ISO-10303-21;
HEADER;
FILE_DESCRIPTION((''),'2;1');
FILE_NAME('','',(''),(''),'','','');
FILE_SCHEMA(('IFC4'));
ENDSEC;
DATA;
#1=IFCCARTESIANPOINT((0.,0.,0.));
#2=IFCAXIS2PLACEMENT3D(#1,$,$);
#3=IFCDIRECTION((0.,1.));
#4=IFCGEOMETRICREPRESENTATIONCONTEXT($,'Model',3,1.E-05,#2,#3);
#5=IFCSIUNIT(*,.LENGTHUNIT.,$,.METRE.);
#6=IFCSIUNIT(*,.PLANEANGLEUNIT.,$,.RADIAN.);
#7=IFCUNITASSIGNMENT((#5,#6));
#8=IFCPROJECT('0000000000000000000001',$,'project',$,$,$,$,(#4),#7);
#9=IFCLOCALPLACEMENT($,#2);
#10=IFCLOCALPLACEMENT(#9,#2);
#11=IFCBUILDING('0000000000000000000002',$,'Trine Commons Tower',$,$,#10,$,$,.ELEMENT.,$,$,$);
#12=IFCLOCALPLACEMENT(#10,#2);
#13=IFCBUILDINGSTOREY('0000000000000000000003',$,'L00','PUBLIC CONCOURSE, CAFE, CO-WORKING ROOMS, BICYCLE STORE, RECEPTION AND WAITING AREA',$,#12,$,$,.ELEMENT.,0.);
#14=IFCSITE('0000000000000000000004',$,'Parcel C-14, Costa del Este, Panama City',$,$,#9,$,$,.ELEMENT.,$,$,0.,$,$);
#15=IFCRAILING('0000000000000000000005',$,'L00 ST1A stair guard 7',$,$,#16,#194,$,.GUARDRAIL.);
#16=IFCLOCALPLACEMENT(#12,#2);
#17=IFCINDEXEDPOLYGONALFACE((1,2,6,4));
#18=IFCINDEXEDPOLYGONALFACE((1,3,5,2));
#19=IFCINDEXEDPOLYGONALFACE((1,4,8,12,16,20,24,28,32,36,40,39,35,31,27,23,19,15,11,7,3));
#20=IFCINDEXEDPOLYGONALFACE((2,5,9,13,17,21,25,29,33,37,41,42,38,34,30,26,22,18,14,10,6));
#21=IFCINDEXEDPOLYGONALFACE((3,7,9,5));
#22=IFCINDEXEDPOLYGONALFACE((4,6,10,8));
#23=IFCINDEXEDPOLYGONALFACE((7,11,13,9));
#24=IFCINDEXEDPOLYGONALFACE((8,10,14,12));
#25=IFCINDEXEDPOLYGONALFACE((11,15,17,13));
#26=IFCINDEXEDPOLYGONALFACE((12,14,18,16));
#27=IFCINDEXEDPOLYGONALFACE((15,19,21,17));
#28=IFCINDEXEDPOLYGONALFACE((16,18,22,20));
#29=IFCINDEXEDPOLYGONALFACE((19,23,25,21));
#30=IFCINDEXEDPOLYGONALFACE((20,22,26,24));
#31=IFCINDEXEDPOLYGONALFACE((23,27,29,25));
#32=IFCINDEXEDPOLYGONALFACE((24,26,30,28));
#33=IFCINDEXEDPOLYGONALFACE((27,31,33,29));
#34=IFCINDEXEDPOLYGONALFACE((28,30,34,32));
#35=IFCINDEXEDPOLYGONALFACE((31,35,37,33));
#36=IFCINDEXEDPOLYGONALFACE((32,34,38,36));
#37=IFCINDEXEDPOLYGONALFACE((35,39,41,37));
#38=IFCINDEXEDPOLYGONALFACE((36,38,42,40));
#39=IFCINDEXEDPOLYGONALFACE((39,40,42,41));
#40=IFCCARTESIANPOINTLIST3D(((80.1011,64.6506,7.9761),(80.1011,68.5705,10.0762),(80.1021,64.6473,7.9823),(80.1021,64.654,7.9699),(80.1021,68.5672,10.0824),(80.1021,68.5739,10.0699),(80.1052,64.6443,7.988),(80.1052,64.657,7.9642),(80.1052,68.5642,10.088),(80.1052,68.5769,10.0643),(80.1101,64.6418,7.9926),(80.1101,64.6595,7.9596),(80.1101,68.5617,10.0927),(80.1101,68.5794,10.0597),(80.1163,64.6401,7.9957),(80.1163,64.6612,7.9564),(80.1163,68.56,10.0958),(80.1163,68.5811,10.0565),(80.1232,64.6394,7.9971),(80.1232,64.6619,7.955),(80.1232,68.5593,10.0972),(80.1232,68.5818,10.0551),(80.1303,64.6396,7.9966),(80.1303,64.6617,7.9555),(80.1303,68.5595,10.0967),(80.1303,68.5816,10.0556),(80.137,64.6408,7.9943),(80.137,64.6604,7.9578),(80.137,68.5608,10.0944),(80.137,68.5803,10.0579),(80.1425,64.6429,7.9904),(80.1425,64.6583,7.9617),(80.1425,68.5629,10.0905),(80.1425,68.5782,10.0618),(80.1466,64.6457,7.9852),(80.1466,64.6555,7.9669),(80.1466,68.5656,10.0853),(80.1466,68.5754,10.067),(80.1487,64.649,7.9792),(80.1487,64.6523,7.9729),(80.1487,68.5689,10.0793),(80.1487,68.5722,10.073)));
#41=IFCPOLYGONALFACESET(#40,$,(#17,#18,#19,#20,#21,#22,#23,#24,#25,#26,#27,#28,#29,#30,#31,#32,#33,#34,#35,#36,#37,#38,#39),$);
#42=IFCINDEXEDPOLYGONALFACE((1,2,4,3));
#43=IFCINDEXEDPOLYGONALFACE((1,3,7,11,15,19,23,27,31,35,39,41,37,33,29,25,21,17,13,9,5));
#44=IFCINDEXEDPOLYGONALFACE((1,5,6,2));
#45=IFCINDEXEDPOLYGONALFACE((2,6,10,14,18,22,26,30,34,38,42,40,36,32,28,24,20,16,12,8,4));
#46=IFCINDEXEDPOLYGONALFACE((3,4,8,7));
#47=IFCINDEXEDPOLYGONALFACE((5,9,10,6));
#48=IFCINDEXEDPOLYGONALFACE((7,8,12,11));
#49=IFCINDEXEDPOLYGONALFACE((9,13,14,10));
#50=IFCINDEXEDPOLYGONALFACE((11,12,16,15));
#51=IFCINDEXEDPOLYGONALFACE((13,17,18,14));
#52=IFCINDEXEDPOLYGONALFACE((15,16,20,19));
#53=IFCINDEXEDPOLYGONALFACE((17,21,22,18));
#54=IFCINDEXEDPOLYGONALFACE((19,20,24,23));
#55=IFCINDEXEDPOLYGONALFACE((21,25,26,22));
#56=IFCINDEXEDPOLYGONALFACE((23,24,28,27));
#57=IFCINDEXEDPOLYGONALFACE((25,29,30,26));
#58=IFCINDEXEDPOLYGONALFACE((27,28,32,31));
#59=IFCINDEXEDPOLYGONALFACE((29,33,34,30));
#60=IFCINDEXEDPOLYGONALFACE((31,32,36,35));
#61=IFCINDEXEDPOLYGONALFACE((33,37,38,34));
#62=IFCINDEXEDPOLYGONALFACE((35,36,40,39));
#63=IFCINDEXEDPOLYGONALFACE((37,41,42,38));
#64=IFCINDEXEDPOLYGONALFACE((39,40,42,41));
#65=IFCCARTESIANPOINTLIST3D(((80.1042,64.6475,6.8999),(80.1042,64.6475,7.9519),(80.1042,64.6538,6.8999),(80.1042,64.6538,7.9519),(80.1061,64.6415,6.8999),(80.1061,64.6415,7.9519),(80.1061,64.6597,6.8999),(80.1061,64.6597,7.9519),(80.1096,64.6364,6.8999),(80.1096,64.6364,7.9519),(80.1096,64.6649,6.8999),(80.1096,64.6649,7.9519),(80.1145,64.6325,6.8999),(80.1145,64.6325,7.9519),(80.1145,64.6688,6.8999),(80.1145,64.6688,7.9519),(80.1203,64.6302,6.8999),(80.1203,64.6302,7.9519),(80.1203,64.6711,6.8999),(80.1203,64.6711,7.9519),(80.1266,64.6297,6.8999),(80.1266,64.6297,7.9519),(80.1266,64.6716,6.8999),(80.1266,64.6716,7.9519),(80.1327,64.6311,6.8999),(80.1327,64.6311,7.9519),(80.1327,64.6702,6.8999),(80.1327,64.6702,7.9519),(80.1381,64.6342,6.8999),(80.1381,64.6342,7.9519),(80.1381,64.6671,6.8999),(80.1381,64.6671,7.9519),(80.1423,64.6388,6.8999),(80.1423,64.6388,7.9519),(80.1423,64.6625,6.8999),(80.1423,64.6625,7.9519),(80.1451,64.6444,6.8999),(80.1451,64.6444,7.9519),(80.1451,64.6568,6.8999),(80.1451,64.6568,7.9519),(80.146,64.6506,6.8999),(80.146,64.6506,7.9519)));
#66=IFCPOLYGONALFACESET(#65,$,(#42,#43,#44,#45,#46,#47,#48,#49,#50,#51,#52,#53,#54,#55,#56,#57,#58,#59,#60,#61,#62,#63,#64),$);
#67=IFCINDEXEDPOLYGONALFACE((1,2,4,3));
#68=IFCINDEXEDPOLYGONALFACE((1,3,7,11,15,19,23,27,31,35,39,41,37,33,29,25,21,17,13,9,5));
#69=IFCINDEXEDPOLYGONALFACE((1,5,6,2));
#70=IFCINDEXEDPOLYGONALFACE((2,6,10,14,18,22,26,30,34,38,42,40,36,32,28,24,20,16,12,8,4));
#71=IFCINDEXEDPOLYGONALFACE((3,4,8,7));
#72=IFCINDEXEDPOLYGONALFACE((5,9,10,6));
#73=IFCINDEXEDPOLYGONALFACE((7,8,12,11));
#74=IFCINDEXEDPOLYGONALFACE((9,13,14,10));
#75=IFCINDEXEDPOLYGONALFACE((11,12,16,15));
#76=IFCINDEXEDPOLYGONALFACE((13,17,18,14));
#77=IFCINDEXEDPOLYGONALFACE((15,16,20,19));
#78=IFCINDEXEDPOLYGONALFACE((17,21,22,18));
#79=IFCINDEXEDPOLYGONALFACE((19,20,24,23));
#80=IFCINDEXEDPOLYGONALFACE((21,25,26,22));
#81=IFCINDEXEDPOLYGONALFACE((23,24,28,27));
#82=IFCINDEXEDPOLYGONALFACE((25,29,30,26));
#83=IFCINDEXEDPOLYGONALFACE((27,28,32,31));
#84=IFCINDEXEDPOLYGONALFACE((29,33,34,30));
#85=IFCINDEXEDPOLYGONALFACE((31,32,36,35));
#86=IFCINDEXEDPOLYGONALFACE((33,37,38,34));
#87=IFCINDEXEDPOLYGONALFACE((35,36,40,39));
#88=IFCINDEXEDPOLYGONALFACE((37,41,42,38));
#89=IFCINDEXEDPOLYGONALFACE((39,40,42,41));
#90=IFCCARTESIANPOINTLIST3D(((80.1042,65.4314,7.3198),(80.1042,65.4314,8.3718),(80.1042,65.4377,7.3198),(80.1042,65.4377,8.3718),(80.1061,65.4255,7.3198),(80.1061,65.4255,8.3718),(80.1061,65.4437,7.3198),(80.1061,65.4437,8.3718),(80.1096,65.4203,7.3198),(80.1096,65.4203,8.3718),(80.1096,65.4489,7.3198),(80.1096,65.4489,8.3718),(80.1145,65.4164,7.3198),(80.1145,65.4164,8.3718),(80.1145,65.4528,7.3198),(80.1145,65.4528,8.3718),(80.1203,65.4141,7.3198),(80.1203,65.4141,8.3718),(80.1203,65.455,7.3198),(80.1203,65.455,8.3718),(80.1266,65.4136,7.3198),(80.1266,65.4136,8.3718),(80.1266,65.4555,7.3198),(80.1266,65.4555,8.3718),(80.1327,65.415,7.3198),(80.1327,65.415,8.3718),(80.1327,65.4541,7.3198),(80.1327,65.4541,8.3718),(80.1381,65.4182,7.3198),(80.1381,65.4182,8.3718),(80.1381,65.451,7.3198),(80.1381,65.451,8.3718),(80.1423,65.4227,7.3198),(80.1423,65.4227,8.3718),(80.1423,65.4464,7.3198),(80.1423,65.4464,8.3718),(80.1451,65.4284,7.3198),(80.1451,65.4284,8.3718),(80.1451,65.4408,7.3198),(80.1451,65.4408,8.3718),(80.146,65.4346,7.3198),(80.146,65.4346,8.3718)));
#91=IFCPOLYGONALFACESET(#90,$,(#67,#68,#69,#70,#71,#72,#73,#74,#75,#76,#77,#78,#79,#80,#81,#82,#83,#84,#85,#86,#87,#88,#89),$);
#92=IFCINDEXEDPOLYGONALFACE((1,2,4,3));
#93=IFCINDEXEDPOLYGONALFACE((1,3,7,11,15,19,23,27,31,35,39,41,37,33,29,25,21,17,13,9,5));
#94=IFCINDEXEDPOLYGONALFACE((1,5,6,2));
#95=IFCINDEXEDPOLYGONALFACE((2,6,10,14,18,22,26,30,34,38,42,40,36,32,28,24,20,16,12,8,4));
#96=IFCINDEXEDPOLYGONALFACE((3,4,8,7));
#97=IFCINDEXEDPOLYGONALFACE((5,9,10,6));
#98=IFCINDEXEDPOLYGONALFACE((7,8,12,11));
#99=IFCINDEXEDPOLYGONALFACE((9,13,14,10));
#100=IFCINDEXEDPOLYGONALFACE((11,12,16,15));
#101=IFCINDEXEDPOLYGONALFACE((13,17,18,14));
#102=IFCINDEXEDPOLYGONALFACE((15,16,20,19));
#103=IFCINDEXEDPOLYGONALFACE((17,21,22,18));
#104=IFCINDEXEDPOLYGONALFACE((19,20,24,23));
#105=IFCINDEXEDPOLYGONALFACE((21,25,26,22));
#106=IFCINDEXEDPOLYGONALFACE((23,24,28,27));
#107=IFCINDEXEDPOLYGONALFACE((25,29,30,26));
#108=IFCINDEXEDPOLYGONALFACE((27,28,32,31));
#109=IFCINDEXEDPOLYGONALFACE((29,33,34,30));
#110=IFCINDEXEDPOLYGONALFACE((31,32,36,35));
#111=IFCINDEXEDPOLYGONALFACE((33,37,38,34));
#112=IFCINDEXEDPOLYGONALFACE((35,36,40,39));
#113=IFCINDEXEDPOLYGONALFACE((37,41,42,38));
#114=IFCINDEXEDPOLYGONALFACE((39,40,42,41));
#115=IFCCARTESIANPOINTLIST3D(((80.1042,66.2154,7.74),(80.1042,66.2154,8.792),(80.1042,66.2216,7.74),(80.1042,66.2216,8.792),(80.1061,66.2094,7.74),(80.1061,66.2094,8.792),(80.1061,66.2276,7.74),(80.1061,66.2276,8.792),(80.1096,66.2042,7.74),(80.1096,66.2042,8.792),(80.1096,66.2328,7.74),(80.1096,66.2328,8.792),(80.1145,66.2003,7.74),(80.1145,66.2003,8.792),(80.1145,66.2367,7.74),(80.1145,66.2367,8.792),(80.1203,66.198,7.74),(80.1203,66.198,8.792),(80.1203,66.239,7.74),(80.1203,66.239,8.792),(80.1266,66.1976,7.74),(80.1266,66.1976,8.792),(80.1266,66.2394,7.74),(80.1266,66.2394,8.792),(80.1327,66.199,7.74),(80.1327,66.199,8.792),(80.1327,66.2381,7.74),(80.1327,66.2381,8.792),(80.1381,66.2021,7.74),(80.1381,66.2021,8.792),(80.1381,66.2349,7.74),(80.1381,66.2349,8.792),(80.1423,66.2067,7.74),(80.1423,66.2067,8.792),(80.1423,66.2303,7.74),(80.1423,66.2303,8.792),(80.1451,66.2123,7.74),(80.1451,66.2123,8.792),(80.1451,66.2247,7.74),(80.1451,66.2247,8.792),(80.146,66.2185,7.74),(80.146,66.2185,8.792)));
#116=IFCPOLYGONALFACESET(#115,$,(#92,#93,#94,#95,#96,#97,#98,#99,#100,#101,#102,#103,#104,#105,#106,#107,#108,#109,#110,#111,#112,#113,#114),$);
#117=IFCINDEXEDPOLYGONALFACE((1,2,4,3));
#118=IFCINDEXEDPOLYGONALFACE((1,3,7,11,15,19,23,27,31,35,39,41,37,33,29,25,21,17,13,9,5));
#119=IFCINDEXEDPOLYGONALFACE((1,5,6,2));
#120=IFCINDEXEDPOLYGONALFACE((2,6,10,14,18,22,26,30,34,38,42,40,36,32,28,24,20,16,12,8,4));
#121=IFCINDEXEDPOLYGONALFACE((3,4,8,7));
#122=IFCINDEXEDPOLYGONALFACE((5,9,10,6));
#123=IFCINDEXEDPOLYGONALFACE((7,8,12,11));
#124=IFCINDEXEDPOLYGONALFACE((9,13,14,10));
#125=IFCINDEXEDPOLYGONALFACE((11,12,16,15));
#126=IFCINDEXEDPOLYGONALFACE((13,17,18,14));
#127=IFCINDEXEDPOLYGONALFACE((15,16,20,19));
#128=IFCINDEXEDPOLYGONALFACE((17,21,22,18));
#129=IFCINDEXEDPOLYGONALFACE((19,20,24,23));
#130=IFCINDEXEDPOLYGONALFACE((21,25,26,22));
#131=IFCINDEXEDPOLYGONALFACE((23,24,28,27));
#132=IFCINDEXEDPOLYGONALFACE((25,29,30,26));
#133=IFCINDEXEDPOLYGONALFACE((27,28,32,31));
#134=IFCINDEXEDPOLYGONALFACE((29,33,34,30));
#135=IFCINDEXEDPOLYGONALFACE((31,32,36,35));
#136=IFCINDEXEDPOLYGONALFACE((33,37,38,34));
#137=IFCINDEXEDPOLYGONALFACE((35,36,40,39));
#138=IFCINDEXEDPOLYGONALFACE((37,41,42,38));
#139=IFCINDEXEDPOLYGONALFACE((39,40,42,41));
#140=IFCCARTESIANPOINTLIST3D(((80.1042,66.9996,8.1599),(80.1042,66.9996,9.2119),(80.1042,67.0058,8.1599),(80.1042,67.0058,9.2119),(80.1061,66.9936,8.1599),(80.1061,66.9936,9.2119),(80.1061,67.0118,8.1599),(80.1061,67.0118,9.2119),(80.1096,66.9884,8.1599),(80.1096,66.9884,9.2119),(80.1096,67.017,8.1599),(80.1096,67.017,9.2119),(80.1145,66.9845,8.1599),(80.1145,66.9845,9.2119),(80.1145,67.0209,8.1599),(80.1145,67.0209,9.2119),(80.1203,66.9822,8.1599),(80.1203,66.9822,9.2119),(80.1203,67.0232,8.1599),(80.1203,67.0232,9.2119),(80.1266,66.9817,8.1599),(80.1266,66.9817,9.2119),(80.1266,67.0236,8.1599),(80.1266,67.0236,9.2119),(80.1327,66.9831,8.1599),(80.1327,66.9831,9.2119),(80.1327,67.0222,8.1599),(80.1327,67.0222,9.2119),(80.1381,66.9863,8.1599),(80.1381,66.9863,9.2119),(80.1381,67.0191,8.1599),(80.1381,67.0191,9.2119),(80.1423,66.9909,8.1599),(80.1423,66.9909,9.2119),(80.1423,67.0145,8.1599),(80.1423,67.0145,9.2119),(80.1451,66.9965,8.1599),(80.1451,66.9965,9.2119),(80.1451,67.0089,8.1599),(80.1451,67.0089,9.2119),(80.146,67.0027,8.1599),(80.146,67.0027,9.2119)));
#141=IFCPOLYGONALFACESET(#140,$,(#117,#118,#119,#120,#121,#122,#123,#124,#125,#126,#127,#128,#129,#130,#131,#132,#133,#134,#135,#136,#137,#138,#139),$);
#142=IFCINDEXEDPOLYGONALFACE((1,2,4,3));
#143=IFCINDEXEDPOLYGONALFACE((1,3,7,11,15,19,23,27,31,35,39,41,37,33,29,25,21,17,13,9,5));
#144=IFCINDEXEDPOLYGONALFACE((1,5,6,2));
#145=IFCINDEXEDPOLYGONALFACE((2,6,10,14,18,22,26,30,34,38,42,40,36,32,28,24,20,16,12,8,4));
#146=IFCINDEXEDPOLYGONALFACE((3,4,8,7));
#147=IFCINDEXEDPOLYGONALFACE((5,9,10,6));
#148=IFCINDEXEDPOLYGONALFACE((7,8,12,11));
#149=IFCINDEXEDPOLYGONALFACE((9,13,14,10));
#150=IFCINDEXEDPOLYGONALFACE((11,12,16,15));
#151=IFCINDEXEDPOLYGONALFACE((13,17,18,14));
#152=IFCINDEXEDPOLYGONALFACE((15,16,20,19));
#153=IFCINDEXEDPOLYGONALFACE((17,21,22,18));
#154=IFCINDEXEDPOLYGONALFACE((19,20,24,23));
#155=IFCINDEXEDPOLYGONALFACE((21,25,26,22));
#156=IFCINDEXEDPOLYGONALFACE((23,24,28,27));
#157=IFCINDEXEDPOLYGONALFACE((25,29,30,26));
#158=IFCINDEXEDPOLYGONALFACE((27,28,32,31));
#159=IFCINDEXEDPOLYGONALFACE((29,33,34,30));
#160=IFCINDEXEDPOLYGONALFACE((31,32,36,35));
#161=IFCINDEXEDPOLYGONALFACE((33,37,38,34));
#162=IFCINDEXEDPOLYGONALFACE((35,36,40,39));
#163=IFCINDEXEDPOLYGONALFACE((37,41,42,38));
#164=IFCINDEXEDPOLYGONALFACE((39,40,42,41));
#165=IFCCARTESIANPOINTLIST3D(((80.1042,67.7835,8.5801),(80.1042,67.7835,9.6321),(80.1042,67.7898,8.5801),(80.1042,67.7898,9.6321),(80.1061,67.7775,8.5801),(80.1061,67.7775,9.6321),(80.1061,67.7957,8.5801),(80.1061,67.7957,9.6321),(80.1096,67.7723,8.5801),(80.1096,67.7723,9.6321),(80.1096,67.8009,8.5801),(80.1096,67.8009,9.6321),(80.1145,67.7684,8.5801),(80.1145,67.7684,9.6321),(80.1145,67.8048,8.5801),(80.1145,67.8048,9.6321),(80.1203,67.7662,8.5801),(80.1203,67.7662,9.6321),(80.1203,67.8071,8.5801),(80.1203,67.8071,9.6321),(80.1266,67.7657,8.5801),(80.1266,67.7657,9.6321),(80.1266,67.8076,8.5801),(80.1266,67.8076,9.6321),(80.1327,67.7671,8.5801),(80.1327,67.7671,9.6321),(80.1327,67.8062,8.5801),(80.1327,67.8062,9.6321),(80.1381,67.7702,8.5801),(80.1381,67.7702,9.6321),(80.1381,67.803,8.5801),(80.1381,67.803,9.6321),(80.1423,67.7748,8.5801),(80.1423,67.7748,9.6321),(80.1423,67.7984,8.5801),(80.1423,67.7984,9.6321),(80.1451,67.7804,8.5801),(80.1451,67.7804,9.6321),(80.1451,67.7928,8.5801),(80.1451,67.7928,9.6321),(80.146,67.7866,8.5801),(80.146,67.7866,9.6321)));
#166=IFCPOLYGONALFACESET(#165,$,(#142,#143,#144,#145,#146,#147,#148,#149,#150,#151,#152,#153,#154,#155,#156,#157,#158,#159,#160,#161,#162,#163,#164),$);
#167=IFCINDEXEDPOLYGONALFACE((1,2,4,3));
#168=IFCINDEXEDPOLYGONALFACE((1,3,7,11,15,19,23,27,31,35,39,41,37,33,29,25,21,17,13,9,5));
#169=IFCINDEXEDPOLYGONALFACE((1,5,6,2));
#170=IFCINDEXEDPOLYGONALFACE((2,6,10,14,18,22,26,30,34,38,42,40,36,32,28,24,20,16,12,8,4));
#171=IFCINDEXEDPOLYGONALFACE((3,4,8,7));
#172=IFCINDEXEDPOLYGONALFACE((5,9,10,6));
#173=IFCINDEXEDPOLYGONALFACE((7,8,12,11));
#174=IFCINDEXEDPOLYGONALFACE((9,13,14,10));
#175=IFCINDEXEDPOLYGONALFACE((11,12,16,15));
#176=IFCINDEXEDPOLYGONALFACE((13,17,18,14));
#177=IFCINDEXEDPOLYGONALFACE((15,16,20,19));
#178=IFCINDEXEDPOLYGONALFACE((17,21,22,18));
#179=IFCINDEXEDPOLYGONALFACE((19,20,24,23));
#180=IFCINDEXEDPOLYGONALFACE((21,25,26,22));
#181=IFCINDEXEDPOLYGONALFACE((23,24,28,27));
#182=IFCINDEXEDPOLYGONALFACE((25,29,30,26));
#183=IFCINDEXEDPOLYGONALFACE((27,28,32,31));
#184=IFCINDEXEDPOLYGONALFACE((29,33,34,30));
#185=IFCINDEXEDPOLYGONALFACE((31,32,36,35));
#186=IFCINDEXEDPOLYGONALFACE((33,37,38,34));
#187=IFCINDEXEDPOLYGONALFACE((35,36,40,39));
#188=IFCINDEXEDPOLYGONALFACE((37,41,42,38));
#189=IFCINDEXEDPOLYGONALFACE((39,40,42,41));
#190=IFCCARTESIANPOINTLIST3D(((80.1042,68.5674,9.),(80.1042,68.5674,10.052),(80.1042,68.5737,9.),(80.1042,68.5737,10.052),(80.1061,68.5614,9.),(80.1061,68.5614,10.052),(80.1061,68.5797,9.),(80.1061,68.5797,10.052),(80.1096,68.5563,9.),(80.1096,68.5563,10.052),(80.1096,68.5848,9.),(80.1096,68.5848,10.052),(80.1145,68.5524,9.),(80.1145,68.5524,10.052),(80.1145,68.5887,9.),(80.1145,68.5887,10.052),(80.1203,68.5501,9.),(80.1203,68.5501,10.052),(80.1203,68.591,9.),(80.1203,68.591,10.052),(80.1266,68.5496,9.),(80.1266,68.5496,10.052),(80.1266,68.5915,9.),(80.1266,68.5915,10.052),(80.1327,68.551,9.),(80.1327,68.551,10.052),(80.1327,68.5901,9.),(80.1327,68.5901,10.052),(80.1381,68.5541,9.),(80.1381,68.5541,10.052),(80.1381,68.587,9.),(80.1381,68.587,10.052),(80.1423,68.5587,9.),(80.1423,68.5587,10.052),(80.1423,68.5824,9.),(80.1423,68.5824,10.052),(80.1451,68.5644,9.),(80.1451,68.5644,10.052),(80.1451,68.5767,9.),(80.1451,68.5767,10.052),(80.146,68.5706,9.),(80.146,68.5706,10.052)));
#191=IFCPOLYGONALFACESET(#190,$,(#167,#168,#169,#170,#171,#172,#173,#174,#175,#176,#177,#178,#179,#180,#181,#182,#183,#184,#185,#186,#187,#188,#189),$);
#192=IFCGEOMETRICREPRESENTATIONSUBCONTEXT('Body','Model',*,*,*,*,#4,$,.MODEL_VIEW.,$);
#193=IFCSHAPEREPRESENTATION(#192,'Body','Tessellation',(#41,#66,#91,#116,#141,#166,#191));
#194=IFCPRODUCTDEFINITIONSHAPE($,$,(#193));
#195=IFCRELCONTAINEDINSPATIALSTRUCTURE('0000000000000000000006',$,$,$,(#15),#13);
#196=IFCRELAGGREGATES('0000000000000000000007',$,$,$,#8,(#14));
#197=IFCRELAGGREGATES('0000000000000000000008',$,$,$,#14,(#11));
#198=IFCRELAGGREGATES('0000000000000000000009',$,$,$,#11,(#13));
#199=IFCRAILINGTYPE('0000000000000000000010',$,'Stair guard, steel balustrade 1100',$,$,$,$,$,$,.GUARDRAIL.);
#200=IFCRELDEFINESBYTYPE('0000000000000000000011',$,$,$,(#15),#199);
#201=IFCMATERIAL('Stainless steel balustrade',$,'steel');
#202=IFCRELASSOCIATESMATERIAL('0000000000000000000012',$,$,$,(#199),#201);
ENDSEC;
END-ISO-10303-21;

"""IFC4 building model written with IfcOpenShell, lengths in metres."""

from ifc_helpers import new_model, si_unit, direction, frame, origin, origin_2d, place, context, subcontext, project, spatial, circle, extrude, material, type_object, element, save


model = new_model("IFC4")

# Units and contexts
model_context = context("Model", 3, precision=1e-05, world=origin(), true_north=direction((0.0, 1.0)))
body_context = subcontext(model_context, "Body", "Model", "MODEL_VIEW")
ifc_project = project(units=[si_unit("LENGTHUNIT", "METRE"), si_unit("PLANEANGLEUNIT", "RADIAN")], contexts=[model_context])

# Site, building, storey
site_placement = place(None, origin())
site = spatial("IfcSite", under=ifc_project, at=site_placement, Name="Parcel C-14, Costa del Este, Panama City", CompositionType="ELEMENT", RefElevation=0.0)
building_placement = place(site_placement, origin())
building = spatial("IfcBuilding", under=site, at=building_placement, Name="Trine Commons Tower", CompositionType="ELEMENT")
storey_placement = place(building_placement, origin())
storey = spatial("IfcBuildingStorey", under=building, at=storey_placement, Name="L00", Description="PUBLIC CONCOURSE, CAFE, CO-WORKING ROOMS, BICYCLE STORE, RECEPTION AND WAITING AREA", CompositionType="ELEMENT", Elevation=0.0)

# Railing
ifc_material_1 = material(Name="Stainless steel balustrade", Category="steel")
railing_type_1 = type_object("IfcRailingType", Name="Stair guard, steel balustrade 1100", PredefinedType="GUARDRAIL", material=ifc_material_1)
railing_1_placement = place(storey_placement, frame((80.125, 64.6506, 6.8999)))
element("IfcRailing", 1, at=railing_1_placement, inside=storey, type_object=railing_type_1, Name="L00 ST1A stair guard 7", PredefinedType="GUARDRAIL", context=body_context, shape_type="SweptSolid", body=[
    extrude(circle(Radius=0.0239, at=origin_2d()), frame((0.0, 0.0, 1.0762), z_axis=(0.0, 0.881467, 0.472246), x_axis=(-1.0, 0.0, 0.0)), (0.0, 0.0, 1.0), 4.447),
    extrude(circle(Radius=0.021, at=origin_2d()), origin(), (0.0, 0.0, 1.0), 1.052),
    extrude(circle(Radius=0.021, at=origin_2d()), frame((0.0, 0.7839, 0.4199)), (0.0, 0.0, 1.0), 1.052),
    extrude(circle(Radius=0.021, at=origin_2d()), frame((0.0, 1.5679, 0.8401)), (0.0, 0.0, 1.0), 1.052),
    extrude(circle(Radius=0.021, at=origin_2d()), frame((0.0, 2.3521, 1.26)), (0.0, 0.0, 1.0), 1.052),
    extrude(circle(Radius=0.021, at=origin_2d()), frame((0.0, 3.136, 1.6802)), (0.0, 0.0, 1.0), 1.052),
    extrude(circle(Radius=0.021, at=origin_2d()), frame((0.0, 3.9199, 2.1001)), (0.0, 0.0, 1.0), 1.052),
])

save(model, "model.ifc")
